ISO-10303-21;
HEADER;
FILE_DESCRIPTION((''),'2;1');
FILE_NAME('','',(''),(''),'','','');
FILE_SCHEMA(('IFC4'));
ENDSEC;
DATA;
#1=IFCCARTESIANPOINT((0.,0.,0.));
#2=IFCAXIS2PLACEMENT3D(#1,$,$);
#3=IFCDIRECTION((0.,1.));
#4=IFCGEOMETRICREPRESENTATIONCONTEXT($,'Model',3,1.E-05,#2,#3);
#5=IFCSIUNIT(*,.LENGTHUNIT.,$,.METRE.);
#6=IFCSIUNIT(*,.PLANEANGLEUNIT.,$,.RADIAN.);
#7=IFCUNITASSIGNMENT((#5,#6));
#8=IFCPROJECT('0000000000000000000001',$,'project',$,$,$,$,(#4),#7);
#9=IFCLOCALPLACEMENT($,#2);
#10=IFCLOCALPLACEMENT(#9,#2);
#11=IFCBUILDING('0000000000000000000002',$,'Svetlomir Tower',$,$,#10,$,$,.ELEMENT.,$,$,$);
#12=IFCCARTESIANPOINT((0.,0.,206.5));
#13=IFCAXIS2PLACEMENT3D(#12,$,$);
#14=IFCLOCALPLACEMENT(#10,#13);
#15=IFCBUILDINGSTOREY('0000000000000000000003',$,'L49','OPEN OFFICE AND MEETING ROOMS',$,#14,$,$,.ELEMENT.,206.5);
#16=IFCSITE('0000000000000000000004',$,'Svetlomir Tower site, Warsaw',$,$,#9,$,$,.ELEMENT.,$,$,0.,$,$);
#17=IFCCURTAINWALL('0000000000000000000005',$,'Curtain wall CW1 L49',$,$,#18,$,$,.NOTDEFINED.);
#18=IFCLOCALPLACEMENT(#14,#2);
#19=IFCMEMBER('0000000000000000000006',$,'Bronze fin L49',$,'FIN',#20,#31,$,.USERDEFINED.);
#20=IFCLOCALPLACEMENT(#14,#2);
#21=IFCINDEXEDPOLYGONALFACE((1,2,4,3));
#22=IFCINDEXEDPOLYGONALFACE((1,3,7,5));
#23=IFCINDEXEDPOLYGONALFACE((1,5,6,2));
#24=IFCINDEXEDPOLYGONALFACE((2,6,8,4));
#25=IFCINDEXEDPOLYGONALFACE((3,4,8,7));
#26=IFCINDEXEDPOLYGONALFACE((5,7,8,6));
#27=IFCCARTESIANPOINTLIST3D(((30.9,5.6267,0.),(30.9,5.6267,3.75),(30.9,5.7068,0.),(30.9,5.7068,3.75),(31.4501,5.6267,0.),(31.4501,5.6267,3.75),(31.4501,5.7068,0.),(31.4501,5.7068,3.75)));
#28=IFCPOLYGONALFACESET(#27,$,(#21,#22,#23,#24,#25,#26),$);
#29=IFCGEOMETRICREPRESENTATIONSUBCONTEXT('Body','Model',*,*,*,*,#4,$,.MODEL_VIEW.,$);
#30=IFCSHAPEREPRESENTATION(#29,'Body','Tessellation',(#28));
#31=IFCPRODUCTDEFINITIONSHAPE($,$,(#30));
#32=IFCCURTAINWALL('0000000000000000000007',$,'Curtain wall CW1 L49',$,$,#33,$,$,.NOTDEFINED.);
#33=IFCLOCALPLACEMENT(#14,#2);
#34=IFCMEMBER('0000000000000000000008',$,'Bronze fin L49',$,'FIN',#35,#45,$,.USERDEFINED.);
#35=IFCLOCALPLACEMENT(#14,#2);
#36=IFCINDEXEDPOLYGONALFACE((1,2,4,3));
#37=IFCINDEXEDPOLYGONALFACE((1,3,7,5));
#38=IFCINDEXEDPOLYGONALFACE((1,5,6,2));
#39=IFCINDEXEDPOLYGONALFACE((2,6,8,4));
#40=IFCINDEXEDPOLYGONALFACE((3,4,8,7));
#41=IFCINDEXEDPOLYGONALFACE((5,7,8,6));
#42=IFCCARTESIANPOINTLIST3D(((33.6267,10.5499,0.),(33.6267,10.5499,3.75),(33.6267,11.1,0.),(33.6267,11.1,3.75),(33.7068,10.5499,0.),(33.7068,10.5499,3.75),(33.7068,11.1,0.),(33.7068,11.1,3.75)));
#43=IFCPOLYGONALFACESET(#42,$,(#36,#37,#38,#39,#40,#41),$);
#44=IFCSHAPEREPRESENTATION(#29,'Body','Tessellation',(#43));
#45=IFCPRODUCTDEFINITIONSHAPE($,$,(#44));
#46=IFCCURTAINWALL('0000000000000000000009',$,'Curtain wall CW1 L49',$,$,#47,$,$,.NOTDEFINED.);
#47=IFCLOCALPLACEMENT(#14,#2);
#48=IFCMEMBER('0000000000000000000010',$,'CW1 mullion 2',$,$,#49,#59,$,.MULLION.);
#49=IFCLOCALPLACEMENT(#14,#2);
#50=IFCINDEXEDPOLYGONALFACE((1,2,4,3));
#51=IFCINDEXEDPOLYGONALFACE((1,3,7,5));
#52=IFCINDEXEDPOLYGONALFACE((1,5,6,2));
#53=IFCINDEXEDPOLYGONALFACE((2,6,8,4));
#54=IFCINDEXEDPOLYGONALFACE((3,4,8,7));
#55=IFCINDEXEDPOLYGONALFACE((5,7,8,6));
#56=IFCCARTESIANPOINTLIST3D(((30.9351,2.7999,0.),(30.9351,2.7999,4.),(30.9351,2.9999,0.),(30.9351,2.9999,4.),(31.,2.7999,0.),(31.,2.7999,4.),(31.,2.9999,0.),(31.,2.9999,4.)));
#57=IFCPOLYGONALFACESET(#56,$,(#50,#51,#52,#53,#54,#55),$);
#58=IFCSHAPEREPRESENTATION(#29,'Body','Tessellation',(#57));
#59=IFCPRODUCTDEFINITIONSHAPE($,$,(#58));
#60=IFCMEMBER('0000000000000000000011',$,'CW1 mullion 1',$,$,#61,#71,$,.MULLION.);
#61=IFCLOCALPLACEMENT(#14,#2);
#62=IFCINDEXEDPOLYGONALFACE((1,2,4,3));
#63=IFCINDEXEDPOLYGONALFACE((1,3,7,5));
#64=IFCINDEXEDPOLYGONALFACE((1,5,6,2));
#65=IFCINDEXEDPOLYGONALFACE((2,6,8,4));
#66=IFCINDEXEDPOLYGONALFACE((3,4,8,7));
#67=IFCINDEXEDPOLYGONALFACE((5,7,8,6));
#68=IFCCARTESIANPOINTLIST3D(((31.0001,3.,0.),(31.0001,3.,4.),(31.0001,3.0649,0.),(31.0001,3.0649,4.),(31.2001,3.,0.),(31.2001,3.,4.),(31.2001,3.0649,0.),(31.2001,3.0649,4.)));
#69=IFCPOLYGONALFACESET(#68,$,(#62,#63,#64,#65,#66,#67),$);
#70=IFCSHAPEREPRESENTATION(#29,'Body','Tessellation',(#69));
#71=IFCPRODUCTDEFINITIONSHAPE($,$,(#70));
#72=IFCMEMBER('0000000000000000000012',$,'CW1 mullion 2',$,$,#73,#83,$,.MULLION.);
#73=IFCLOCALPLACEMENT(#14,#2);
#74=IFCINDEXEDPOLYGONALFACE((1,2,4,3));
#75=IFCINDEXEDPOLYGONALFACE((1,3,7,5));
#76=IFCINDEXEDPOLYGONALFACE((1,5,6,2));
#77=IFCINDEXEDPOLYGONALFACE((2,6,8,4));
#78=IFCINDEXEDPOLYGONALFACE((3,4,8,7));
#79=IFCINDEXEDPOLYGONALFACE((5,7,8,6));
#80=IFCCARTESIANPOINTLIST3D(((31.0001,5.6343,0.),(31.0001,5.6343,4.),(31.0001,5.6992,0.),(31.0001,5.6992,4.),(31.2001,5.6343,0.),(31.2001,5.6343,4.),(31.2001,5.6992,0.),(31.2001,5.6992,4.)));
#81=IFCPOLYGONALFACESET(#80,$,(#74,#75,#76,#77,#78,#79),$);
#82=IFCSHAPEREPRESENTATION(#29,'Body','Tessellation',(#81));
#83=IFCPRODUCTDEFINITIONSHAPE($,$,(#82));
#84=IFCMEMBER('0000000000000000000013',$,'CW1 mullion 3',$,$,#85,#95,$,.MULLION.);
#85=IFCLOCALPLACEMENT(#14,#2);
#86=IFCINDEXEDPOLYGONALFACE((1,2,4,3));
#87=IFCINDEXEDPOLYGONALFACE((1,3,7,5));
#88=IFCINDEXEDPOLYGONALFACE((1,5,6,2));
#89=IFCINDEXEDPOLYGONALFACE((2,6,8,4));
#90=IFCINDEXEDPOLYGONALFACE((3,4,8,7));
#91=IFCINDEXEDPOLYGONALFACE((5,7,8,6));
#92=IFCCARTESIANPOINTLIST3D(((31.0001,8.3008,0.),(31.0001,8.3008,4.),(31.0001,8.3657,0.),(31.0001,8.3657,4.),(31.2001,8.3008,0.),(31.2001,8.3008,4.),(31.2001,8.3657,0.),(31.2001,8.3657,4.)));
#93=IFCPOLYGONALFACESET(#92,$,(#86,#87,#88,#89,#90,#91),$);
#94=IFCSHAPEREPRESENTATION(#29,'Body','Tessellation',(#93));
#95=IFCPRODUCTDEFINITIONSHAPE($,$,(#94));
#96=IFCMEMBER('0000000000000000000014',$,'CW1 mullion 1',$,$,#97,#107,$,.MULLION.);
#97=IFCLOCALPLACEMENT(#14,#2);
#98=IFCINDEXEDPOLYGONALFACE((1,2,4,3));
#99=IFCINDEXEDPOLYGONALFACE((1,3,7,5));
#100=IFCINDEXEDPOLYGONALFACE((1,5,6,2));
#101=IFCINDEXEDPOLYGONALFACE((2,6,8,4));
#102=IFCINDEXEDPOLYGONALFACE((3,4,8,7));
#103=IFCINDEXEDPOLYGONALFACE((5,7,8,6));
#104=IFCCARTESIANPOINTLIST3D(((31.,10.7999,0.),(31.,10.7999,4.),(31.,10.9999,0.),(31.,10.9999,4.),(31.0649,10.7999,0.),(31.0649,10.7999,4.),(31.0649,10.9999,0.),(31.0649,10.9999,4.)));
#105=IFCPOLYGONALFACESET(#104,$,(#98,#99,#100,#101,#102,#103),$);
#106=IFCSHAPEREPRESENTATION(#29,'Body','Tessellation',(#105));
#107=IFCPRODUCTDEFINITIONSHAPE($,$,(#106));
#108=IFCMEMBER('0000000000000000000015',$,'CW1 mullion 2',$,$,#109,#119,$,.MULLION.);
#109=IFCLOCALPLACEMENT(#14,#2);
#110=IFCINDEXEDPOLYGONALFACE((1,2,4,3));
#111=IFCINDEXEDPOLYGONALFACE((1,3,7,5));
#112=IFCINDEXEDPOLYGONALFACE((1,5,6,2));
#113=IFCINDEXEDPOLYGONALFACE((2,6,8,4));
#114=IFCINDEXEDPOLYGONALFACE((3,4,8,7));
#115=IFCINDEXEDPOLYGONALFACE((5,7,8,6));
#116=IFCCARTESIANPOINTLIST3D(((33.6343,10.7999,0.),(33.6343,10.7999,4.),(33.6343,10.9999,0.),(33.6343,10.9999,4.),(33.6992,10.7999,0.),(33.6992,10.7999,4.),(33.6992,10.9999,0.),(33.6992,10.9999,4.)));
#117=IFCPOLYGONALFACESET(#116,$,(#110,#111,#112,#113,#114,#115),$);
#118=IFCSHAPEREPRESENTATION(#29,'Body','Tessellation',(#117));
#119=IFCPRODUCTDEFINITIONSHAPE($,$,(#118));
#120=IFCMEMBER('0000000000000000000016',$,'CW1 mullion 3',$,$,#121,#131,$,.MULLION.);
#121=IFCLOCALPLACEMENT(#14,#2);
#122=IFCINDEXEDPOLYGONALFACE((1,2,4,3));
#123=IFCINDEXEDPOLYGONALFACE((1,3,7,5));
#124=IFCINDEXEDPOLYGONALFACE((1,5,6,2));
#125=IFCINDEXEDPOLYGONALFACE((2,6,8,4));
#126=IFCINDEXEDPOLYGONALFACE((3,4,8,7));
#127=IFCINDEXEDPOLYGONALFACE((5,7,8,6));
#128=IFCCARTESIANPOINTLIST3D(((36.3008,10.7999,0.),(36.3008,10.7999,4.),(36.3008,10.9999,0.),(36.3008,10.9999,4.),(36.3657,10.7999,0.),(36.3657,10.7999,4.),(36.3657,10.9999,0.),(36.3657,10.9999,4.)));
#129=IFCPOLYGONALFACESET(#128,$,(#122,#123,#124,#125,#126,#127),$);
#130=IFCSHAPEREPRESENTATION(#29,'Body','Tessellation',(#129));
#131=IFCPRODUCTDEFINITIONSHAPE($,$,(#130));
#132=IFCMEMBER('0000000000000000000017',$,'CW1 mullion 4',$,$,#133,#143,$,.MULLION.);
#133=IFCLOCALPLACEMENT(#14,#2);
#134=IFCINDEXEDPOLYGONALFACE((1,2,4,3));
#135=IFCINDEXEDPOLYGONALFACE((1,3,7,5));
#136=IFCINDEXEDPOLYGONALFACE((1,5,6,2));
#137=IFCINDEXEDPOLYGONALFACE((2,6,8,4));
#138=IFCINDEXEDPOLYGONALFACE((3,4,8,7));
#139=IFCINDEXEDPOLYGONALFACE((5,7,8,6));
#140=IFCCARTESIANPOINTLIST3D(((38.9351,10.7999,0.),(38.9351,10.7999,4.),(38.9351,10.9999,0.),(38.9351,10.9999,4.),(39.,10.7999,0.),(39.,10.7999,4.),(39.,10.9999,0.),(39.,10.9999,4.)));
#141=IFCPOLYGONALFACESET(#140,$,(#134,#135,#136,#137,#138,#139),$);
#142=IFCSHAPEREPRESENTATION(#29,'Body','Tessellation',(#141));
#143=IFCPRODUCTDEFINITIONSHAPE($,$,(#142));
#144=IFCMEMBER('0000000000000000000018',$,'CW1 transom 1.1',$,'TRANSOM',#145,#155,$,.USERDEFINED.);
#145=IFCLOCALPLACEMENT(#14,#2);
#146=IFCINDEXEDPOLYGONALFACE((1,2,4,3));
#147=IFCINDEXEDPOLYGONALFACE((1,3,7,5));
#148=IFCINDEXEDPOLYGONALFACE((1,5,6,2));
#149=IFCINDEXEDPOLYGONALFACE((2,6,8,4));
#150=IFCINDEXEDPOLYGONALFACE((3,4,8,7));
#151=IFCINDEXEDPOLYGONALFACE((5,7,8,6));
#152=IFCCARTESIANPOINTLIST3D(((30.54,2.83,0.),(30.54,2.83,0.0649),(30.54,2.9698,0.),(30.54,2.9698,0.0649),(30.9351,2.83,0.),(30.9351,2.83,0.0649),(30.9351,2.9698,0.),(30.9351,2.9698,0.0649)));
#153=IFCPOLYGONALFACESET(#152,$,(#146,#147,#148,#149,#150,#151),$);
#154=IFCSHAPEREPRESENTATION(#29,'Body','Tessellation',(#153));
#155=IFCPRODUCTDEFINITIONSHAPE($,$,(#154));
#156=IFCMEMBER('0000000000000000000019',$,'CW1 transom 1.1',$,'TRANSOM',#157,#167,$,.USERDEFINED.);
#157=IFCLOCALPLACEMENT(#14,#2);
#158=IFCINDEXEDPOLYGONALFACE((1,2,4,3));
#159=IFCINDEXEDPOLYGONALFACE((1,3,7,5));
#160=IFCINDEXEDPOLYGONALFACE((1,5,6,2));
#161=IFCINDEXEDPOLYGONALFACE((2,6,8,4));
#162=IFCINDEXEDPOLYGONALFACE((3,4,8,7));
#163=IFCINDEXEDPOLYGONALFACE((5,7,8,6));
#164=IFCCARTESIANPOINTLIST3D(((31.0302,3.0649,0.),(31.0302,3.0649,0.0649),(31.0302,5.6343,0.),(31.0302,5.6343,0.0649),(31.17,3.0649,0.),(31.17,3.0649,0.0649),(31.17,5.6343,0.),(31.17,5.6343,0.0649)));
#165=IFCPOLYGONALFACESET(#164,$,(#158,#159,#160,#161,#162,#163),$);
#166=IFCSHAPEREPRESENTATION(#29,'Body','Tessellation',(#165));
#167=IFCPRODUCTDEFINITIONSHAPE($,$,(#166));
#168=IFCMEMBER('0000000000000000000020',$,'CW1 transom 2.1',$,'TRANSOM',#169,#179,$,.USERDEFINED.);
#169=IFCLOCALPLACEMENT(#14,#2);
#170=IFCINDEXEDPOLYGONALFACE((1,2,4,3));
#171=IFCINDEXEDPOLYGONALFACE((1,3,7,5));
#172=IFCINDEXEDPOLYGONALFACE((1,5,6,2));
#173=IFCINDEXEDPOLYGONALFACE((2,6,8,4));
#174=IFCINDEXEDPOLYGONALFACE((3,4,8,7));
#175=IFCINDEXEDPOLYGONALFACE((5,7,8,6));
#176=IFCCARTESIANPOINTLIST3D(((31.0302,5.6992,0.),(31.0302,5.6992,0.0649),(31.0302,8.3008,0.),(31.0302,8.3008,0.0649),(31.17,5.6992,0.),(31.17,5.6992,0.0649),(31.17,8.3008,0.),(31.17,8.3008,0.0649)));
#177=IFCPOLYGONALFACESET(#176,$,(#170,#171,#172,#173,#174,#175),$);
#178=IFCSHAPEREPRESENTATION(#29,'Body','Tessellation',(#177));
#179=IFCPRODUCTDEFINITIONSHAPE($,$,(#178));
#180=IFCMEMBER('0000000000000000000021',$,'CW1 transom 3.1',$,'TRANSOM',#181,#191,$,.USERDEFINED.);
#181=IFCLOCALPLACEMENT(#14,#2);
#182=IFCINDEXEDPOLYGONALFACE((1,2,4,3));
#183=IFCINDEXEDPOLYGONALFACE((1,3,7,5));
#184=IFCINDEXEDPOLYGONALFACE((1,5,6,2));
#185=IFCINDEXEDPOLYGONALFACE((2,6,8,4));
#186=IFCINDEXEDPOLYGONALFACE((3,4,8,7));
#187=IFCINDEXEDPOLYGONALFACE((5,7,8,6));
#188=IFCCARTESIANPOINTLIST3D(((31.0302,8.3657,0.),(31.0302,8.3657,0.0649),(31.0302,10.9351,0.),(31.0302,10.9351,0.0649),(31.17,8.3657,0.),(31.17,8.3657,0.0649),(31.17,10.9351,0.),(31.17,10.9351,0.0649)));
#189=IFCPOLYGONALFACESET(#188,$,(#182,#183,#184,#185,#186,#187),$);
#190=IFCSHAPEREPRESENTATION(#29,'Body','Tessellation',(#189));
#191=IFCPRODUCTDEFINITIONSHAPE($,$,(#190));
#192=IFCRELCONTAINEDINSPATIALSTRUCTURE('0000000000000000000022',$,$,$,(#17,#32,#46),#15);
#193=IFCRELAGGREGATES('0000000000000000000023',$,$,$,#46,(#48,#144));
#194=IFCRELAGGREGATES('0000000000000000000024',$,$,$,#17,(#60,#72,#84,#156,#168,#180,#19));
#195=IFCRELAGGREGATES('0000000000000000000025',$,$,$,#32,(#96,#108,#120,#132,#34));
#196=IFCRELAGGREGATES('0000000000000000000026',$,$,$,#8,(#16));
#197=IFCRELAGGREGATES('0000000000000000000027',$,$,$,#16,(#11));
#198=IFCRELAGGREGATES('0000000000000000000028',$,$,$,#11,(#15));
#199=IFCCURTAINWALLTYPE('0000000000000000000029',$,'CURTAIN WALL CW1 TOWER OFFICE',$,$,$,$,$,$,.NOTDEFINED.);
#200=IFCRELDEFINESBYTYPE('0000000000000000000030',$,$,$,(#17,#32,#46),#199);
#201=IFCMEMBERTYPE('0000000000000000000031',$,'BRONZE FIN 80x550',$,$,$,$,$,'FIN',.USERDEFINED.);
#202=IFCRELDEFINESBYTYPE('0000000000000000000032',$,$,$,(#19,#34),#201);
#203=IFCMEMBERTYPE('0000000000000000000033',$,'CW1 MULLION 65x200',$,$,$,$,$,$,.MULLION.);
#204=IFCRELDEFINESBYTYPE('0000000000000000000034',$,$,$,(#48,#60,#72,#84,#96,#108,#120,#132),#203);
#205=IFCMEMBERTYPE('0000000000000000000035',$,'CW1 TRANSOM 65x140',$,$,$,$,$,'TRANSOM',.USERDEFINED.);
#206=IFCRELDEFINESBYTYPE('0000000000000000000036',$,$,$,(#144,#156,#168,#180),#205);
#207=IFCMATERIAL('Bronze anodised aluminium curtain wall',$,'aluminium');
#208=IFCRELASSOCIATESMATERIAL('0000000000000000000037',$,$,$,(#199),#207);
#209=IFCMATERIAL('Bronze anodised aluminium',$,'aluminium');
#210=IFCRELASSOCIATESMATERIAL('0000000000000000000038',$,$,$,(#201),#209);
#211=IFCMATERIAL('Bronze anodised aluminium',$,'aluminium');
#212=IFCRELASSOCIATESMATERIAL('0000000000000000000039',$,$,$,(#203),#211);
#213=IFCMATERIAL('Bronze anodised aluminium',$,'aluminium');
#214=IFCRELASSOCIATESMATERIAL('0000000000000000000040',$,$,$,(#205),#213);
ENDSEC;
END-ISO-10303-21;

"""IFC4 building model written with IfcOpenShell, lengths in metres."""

from ifc_helpers import new_model, si_unit, direction, frame, origin, origin_2d, place, context, subcontext, project, spatial, rectangle, extrude, material, material_profile, profile_set, type_object, element, aggregate, save


model = new_model("IFC4")

# Units and contexts
model_context = context("Model", 3, precision=1e-05, world=origin(), true_north=direction((0.0, 1.0)))
body_context = subcontext(model_context, "Body", "Model", "MODEL_VIEW")
ifc_project = project(units=[si_unit("LENGTHUNIT", "METRE"), si_unit("PLANEANGLEUNIT", "RADIAN")], contexts=[model_context])

# Site, building, storey
site_placement = place(None, origin())
site = spatial("IfcSite", under=ifc_project, at=site_placement, Name="Svetlomir Tower site, Warsaw", CompositionType="ELEMENT", RefElevation=0.0)
building_placement = place(site_placement, origin())
building = spatial("IfcBuilding", under=site, at=building_placement, Name="Svetlomir Tower", CompositionType="ELEMENT")
storey_placement = place(building_placement, frame((0.0, 0.0, 206.5)))
storey = spatial("IfcBuildingStorey", under=building, at=storey_placement, Name="L49", Description="OPEN OFFICE AND MEETING ROOMS", CompositionType="ELEMENT", Elevation=206.5)

# Curtain walls, members
ifc_material_1 = material(Name="Bronze anodised aluminium curtain wall", Category="aluminium")
curtain_wall_type = type_object("IfcCurtainWallType", Name="CURTAIN WALL CW1 TOWER OFFICE", PredefinedType="NOTDEFINED", material=ifc_material_1)
curtain_wall_1_placement = place(storey_placement, origin())
curtain_wall_1 = element("IfcCurtainWall", 1, at=curtain_wall_1_placement, inside=storey, type_object=curtain_wall_type, Name="Curtain wall CW1 L49", PredefinedType="NOTDEFINED")
ifc_material_2 = material(Name="Bronze anodised aluminium", Category="aluminium")
ifc_material_profile_1 = material_profile(ifc_material_2, rectangle(XDim=0.0801, YDim=0.55, at=origin_2d()), Name="FIN 80x550")
ifc_profile_set_1 = profile_set([ifc_material_profile_1], Name="Bronze anodised aluminium 6063-T6")
member_type_1 = type_object("IfcMemberType", Name="BRONZE FIN 80x550", ElementType="FIN", PredefinedType="USERDEFINED", material=ifc_profile_set_1)
member_1_placement = place(storey_placement, frame((31.175, 5.6667, 0.0), z_axis=(0.0, 0.0, 1.0), x_axis=(0.0, 1.0, 0.0)))
member_1 = element("IfcMember", 2, at=member_1_placement, type_object=member_type_1, Name="Bronze fin L49", ObjectType="FIN", PredefinedType="USERDEFINED", context=body_context, shape_type="SweptSolid", body=[
    extrude(rectangle(XDim=0.0801, YDim=0.55, at=origin_2d()), origin(), (0.0, 0.0, 1.0), 3.75),
])
curtain_wall_2_placement = place(storey_placement, origin())
curtain_wall_2 = element("IfcCurtainWall", 3, at=curtain_wall_2_placement, inside=storey, type_object=curtain_wall_type, Name="Curtain wall CW1 L49", PredefinedType="NOTDEFINED")
member_2_placement = place(storey_placement, frame((33.6667, 10.825, 0.0), z_axis=(0.0, 0.0, 1.0), x_axis=(1.0, 0.0, 0.0)))
member_2 = element("IfcMember", 4, at=member_2_placement, type_object=member_type_1, Name="Bronze fin L49", ObjectType="FIN", PredefinedType="USERDEFINED", context=body_context, shape_type="SweptSolid", body=[
    extrude(rectangle(XDim=0.0801, YDim=0.55, at=origin_2d()), origin(), (0.0, 0.0, 1.0), 3.75),
])
curtain_wall_3_placement = place(storey_placement, origin())
curtain_wall_3 = element("IfcCurtainWall", 5, at=curtain_wall_3_placement, inside=storey, type_object=curtain_wall_type, Name="Curtain wall CW1 L49", PredefinedType="NOTDEFINED")
ifc_material_3 = material(Name="Bronze anodised aluminium", Category="aluminium")
ifc_material_profile_2 = material_profile(ifc_material_3, rectangle(XDim=0.0649, YDim=0.2, at=origin_2d()), Name="AL 65x200")
ifc_profile_set_2 = profile_set([ifc_material_profile_2], Name="Bronze anodised aluminium 6063-T6")
member_type_2 = type_object("IfcMemberType", Name="CW1 MULLION 65x200", PredefinedType="MULLION", material=ifc_profile_set_2)
member_3_placement = place(storey_placement, frame((30.9675, 2.8999, 0.0), z_axis=(0.0, 0.0, 1.0), x_axis=(1.0, 0.0, 0.0)))
member_3 = element("IfcMember", 6, at=member_3_placement, type_object=member_type_2, Name="CW1 mullion 2", PredefinedType="MULLION", context=body_context, shape_type="SweptSolid", body=[
    extrude(rectangle(XDim=0.0649, YDim=0.2, at=origin_2d()), origin(), (0.0, 0.0, 1.0), 4.0),
])

# Members
member_4_placement = place(storey_placement, frame((31.1001, 3.0325, 0.0), z_axis=(0.0, 0.0, 1.0), x_axis=(0.0, 1.0, 0.0)))
member_4 = element("IfcMember", 7, at=member_4_placement, type_object=member_type_2, Name="CW1 mullion 1", PredefinedType="MULLION", context=body_context, shape_type="SweptSolid", body=[
    extrude(rectangle(XDim=0.0649, YDim=0.2, at=origin_2d()), origin(), (0.0, 0.0, 1.0), 4.0),
])
member_5_placement = place(storey_placement, frame((31.1001, 5.6667, 0.0), z_axis=(0.0, 0.0, 1.0), x_axis=(0.0, 1.0, 0.0)))
member_5 = element("IfcMember", 8, at=member_5_placement, type_object=member_type_2, Name="CW1 mullion 2", PredefinedType="MULLION", context=body_context, shape_type="SweptSolid", body=[
    extrude(rectangle(XDim=0.0649, YDim=0.2, at=origin_2d()), origin(), (0.0, 0.0, 1.0), 4.0),
])
member_6_placement = place(storey_placement, frame((31.1001, 8.3333, 0.0), z_axis=(0.0, 0.0, 1.0), x_axis=(0.0, 1.0, 0.0)))
member_6 = element("IfcMember", 9, at=member_6_placement, type_object=member_type_2, Name="CW1 mullion 3", PredefinedType="MULLION", context=body_context, shape_type="SweptSolid", body=[
    extrude(rectangle(XDim=0.0649, YDim=0.2, at=origin_2d()), origin(), (0.0, 0.0, 1.0), 4.0),
])
member_7_placement = place(storey_placement, frame((31.0325, 10.8999, 0.0), z_axis=(0.0, 0.0, 1.0), x_axis=(1.0, 0.0, 0.0)))
member_7 = element("IfcMember", 10, at=member_7_placement, type_object=member_type_2, Name="CW1 mullion 1", PredefinedType="MULLION", context=body_context, shape_type="SweptSolid", body=[
    extrude(rectangle(XDim=0.0649, YDim=0.2, at=origin_2d()), origin(), (0.0, 0.0, 1.0), 4.0),
])
member_8_placement = place(storey_placement, frame((33.6667, 10.8999, 0.0), z_axis=(0.0, 0.0, 1.0), x_axis=(1.0, 0.0, 0.0)))
member_8 = element("IfcMember", 11, at=member_8_placement, type_object=member_type_2, Name="CW1 mullion 2", PredefinedType="MULLION", context=body_context, shape_type="SweptSolid", body=[
    extrude(rectangle(XDim=0.0649, YDim=0.2, at=origin_2d()), origin(), (0.0, 0.0, 1.0), 4.0),
])
member_9_placement = place(storey_placement, frame((36.3333, 10.8999, 0.0), z_axis=(0.0, 0.0, 1.0), x_axis=(1.0, 0.0, 0.0)))
member_9 = element("IfcMember", 12, at=member_9_placement, type_object=member_type_2, Name="CW1 mullion 3", PredefinedType="MULLION", context=body_context, shape_type="SweptSolid", body=[
    extrude(rectangle(XDim=0.0649, YDim=0.2, at=origin_2d()), origin(), (0.0, 0.0, 1.0), 4.0),
])
member_10_placement = place(storey_placement, frame((38.9675, 10.8999, 0.0), z_axis=(0.0, 0.0, 1.0), x_axis=(1.0, 0.0, 0.0)))
member_10 = element("IfcMember", 13, at=member_10_placement, type_object=member_type_2, Name="CW1 mullion 4", PredefinedType="MULLION", context=body_context, shape_type="SweptSolid", body=[
    extrude(rectangle(XDim=0.0649, YDim=0.2, at=origin_2d()), origin(), (0.0, 0.0, 1.0), 4.0),
])
ifc_material_4 = material(Name="Bronze anodised aluminium", Category="aluminium")
ifc_material_profile_3 = material_profile(ifc_material_4, rectangle(XDim=0.1399, YDim=0.0649, at=origin_2d()), Name="AL 140x65")
ifc_profile_set_3 = profile_set([ifc_material_profile_3], Name="Bronze anodised aluminium 6063-T6")
member_type_3 = type_object("IfcMemberType", Name="CW1 TRANSOM 65x140", ElementType="TRANSOM", PredefinedType="USERDEFINED", material=ifc_profile_set_3)
member_11_placement = place(storey_placement, frame((30.54, 2.8999, 0.0325), z_axis=(1.0, 0.0, 0.0), x_axis=(0.0, 1.0, 0.0)))
member_11 = element("IfcMember", 14, at=member_11_placement, type_object=member_type_3, Name="CW1 transom 1.1", ObjectType="TRANSOM", PredefinedType="USERDEFINED", context=body_context, shape_type="SweptSolid", body=[
    extrude(rectangle(XDim=0.1399, YDim=0.0649, at=origin_2d()), origin(), (0.0, 0.0, 1.0), 0.395),
])
member_12_placement = place(storey_placement, frame((31.1001, 3.0649, 0.0325), z_axis=(0.0, 1.0, 0.0), x_axis=(-1.0, 0.0, 0.0)))
member_12 = element("IfcMember", 15, at=member_12_placement, type_object=member_type_3, Name="CW1 transom 1.1", ObjectType="TRANSOM", PredefinedType="USERDEFINED", context=body_context, shape_type="SweptSolid", body=[
    extrude(rectangle(XDim=0.1399, YDim=0.0649, at=origin_2d()), origin(), (0.0, 0.0, 1.0), 2.5693),
])
member_13_placement = place(storey_placement, frame((31.1001, 5.6992, 0.0325), z_axis=(0.0, 1.0, 0.0), x_axis=(-1.0, 0.0, 0.0)))
member_13 = element("IfcMember", 16, at=member_13_placement, type_object=member_type_3, Name="CW1 transom 2.1", ObjectType="TRANSOM", PredefinedType="USERDEFINED", context=body_context, shape_type="SweptSolid", body=[
    extrude(rectangle(XDim=0.1399, YDim=0.0649, at=origin_2d()), origin(), (0.0, 0.0, 1.0), 2.6016),
])
member_14_placement = place(storey_placement, frame((31.1001, 8.3657, 0.0325), z_axis=(0.0, 1.0, 0.0), x_axis=(-1.0, 0.0, 0.0)))
member_14 = element("IfcMember", 17, at=member_14_placement, type_object=member_type_3, Name="CW1 transom 3.1", ObjectType="TRANSOM", PredefinedType="USERDEFINED", context=body_context, shape_type="SweptSolid", body=[
    extrude(rectangle(XDim=0.1399, YDim=0.0649, at=origin_2d()), origin(), (0.0, 0.0, 1.0), 2.5693),
])

aggregate(curtain_wall_3, [member_3, member_11])
aggregate(curtain_wall_1, [member_4, member_5, member_6, member_12, member_13, member_14, member_1])
aggregate(curtain_wall_2, [member_7, member_8, member_9, member_10, member_2])

save(model, "model.ifc")
